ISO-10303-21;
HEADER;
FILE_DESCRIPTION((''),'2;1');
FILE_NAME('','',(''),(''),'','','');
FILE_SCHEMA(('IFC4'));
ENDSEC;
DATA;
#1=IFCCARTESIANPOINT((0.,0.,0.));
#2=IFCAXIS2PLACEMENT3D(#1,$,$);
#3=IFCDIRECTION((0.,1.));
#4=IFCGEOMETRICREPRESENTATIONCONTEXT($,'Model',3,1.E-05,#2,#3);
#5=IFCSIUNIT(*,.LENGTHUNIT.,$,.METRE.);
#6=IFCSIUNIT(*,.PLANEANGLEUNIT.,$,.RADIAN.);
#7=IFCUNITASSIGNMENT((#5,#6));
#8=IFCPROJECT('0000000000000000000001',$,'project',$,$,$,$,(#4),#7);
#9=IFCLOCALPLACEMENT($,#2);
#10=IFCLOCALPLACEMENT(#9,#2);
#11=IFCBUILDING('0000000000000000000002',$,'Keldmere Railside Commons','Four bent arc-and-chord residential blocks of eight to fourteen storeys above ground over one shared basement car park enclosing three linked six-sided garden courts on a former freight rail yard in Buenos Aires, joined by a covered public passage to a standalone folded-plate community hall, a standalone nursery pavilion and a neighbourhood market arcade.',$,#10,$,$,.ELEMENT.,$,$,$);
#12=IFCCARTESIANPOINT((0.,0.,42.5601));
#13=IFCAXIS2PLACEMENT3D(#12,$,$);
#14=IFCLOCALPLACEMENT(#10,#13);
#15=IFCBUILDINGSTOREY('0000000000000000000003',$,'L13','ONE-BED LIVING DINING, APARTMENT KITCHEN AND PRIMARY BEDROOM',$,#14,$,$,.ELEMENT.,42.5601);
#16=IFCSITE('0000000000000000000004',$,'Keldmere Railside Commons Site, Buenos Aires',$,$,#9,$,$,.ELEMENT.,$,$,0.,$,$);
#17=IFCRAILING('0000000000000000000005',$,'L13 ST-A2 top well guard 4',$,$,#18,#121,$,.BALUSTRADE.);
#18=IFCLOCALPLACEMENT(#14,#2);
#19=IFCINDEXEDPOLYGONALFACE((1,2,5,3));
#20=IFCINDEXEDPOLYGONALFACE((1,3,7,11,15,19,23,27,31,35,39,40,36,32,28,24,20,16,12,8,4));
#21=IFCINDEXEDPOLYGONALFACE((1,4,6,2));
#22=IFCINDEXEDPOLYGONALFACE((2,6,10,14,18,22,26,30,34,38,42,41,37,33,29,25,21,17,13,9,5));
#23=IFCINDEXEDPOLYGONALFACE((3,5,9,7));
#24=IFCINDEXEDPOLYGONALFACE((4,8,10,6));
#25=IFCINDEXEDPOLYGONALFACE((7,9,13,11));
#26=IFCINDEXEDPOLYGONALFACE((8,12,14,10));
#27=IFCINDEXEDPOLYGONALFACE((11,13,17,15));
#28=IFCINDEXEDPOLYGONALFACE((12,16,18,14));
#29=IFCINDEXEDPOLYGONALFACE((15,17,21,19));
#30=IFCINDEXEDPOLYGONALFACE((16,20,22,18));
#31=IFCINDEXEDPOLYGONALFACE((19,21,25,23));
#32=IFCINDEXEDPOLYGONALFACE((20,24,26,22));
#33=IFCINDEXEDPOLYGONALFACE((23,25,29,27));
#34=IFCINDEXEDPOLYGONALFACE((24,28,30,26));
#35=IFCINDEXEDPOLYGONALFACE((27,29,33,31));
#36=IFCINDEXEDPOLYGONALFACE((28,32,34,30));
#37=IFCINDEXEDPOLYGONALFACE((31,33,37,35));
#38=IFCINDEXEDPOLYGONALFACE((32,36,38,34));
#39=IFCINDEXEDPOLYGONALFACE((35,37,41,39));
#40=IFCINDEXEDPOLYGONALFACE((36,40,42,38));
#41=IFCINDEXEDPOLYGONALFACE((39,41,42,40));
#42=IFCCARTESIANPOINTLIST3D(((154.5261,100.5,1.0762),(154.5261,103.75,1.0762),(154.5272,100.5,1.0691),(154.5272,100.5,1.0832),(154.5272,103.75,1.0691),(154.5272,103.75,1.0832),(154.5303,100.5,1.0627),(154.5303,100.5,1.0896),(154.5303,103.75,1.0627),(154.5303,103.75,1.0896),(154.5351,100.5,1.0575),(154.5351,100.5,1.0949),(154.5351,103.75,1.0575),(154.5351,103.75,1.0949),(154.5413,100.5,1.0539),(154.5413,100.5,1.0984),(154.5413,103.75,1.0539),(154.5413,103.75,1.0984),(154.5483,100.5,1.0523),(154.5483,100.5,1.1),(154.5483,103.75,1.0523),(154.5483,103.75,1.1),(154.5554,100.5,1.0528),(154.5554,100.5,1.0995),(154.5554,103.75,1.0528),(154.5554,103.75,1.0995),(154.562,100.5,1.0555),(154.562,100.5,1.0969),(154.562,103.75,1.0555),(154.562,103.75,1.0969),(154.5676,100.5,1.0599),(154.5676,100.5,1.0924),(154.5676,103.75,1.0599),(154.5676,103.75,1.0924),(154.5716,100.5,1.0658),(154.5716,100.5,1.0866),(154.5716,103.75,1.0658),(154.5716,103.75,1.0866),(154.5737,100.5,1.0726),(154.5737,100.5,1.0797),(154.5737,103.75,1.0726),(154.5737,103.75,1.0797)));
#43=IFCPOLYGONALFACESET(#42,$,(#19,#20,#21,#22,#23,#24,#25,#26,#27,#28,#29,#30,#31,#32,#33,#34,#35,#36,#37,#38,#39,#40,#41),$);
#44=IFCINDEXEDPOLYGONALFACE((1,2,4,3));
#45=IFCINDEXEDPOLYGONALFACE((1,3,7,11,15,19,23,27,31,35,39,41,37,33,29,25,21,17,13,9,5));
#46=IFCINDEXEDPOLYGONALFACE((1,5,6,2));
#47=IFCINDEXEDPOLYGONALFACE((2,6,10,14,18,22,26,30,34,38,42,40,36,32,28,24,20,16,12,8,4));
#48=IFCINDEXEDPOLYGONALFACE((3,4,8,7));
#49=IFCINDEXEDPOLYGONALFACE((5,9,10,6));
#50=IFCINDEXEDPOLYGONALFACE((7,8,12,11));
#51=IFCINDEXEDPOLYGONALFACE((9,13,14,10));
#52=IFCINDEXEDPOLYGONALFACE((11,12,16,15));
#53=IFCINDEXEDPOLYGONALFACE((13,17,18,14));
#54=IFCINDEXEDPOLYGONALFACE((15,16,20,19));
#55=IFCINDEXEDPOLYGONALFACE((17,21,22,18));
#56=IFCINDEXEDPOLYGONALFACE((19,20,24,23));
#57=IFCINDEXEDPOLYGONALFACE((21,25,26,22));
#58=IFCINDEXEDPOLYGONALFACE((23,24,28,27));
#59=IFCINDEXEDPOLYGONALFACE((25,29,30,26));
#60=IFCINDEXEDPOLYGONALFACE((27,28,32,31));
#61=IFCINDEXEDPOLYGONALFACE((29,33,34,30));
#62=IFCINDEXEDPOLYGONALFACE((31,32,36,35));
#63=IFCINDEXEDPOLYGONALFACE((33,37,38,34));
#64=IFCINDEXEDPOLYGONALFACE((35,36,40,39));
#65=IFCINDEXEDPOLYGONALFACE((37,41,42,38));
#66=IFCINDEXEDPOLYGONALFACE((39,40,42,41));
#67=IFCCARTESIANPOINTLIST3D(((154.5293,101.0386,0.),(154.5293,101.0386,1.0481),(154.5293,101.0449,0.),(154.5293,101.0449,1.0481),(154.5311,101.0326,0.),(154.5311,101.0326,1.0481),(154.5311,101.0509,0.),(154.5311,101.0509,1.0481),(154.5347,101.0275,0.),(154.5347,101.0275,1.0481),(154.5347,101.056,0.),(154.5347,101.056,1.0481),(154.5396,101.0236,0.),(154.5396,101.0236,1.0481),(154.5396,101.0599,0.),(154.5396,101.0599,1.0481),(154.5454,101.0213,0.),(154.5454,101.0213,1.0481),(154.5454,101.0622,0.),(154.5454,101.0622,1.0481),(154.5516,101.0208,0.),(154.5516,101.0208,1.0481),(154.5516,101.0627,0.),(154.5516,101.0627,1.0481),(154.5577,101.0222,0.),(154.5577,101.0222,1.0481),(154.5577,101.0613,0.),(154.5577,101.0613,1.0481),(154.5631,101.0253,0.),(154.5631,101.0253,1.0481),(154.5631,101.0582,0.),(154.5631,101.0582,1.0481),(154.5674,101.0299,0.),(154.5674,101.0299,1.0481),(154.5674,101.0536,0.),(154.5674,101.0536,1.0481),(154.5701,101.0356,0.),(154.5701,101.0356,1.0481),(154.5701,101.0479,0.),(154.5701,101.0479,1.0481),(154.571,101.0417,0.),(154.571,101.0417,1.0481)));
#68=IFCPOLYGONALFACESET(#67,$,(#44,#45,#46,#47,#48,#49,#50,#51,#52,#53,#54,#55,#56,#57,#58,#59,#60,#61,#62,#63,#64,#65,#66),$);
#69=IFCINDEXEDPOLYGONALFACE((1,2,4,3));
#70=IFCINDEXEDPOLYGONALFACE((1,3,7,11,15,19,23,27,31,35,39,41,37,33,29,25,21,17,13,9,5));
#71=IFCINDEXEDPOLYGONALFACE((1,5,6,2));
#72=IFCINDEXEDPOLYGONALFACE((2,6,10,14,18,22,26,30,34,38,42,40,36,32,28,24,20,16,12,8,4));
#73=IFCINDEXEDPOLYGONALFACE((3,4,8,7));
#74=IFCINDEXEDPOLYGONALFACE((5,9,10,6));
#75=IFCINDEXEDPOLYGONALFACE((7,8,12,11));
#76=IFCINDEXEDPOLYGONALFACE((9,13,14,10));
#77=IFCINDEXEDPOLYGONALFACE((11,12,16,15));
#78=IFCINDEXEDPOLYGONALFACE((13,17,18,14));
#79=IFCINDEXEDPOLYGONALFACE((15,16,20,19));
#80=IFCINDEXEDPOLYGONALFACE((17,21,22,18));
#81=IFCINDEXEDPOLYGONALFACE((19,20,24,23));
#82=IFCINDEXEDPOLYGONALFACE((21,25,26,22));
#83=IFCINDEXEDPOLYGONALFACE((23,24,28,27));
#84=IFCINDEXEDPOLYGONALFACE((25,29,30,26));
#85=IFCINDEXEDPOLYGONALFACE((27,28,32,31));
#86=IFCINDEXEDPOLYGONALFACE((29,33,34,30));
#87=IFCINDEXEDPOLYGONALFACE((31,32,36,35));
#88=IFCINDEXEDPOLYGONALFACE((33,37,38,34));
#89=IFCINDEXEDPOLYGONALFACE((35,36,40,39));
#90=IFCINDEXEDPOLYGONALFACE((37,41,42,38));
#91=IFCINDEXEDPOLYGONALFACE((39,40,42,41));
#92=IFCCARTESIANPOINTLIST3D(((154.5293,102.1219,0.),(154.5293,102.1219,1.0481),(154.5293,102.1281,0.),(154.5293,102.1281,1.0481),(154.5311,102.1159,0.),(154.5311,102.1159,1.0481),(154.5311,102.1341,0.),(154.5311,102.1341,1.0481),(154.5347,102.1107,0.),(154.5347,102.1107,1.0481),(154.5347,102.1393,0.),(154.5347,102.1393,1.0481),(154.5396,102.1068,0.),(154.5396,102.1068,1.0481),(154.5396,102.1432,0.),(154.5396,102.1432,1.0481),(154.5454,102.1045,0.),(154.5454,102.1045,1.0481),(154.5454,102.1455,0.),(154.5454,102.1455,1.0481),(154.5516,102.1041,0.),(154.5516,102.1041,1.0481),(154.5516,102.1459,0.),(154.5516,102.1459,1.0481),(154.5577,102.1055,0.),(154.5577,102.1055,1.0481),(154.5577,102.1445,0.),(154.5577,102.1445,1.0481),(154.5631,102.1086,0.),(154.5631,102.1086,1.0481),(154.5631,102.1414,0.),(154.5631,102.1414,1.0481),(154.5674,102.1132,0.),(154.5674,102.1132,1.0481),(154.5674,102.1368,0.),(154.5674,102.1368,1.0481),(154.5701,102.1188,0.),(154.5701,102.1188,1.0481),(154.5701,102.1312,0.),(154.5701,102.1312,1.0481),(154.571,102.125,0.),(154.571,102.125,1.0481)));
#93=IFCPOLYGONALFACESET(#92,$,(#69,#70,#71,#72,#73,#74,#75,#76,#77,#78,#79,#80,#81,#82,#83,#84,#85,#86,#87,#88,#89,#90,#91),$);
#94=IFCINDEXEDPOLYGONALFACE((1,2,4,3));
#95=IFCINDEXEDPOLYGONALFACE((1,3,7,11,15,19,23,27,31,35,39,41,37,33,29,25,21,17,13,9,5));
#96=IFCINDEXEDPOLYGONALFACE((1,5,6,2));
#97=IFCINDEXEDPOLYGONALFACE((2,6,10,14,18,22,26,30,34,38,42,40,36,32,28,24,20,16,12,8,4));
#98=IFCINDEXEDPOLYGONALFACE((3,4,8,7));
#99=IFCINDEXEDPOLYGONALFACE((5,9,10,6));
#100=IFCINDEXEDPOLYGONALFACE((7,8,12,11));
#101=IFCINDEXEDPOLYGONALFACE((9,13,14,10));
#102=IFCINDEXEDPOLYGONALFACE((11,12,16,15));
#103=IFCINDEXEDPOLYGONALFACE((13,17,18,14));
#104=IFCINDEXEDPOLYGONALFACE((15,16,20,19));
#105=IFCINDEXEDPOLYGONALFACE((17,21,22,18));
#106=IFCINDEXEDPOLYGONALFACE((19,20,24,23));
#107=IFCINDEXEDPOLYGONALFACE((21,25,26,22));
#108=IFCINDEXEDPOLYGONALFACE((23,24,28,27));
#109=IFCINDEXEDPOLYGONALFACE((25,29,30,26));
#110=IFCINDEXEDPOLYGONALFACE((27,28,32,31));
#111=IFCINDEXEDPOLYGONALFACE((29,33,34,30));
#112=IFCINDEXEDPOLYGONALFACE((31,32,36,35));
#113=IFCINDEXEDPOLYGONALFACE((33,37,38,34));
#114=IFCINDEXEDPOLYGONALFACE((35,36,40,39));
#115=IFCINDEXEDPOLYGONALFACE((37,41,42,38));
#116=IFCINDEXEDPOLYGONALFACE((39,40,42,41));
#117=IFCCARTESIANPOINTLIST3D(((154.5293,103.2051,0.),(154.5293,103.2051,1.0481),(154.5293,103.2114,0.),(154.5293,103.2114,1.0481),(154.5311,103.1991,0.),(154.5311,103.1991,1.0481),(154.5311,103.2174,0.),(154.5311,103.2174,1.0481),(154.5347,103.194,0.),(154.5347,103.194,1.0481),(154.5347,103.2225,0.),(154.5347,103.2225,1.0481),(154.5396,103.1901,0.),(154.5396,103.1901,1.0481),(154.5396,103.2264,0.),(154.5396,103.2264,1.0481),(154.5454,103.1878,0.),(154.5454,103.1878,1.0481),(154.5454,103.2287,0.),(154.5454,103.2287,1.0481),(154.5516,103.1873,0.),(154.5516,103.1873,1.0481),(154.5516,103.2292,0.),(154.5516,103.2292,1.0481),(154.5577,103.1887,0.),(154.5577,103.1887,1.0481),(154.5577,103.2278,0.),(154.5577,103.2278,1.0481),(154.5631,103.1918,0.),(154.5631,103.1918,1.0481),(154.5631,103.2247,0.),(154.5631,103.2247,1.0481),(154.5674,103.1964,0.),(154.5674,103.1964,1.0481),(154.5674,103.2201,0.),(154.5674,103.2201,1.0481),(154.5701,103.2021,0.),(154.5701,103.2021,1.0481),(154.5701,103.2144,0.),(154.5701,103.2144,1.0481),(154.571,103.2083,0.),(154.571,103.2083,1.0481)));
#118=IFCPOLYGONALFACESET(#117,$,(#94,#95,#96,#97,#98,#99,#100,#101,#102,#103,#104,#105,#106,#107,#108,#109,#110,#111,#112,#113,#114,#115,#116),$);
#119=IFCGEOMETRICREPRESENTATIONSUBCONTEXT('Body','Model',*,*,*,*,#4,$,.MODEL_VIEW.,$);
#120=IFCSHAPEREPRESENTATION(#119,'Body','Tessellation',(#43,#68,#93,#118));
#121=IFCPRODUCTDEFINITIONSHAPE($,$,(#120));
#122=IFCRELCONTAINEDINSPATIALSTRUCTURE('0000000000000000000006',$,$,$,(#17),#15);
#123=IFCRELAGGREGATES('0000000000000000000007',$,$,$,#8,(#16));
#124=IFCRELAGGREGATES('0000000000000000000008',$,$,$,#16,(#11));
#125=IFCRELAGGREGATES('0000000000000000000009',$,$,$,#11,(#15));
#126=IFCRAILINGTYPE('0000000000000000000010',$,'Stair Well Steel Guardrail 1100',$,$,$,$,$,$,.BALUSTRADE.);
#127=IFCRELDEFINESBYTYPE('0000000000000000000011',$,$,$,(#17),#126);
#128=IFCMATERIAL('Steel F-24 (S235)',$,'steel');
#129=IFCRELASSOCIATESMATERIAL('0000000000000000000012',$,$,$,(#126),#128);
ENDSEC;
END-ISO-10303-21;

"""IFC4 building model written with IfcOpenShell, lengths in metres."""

from ifc_helpers import new_model, si_unit, direction, frame, origin, origin_2d, place, context, subcontext, project, spatial, circle, extrude, material, type_object, element, save


model = new_model("IFC4")

# Units and contexts
model_context = context("Model", 3, precision=1e-05, world=origin(), true_north=direction((0.0, 1.0)))
body_context = subcontext(model_context, "Body", "Model", "MODEL_VIEW")
ifc_project = project(units=[si_unit("LENGTHUNIT", "METRE"), si_unit("PLANEANGLEUNIT", "RADIAN")], contexts=[model_context])

# Site, building, storey
site_placement = place(None, origin())
site = spatial("IfcSite", under=ifc_project, at=site_placement, Name="Keldmere Railside Commons Site, Buenos Aires", CompositionType="ELEMENT", RefElevation=0.0)
building_placement = place(site_placement, origin())
building = spatial("IfcBuilding", under=site, at=building_placement, Name="Keldmere Railside Commons", Description="Four bent arc-and-chord residential blocks of eight to fourteen storeys above ground over one shared basement car park enclosing three linked six-sided garden courts on a former freight rail yard in Buenos Aires, joined by a covered public passage to a standalone folded-plate community hall, a standalone nursery pavilion and a neighbourhood market arcade.", CompositionType="ELEMENT")
storey_placement = place(building_placement, frame((0.0, 0.0, 42.5601)))
storey = spatial("IfcBuildingStorey", under=building, at=storey_placement, Name="L13", Description="ONE-BED LIVING DINING, APARTMENT KITCHEN AND PRIMARY BEDROOM", CompositionType="ELEMENT", Elevation=42.5601)

# Shared definitions
ifc_material_1 = material(Name="Steel F-24 (S235)", Category="steel")

# Railing
railing_type_1 = type_object("IfcRailingType", Name="Stair Well Steel Guardrail 1100", PredefinedType="BALUSTRADE", material=ifc_material_1)
railing_1_placement = place(storey_placement, frame((154.55, 100.5, 0.0)))
element("IfcRailing", 1, at=railing_1_placement, inside=storey, type_object=railing_type_1, Name="L13 ST-A2 top well guard 4", PredefinedType="BALUSTRADE", context=body_context, shape_type="SweptSolid", body=[
    extrude(circle(Radius=0.0239, at=origin_2d()), frame((0.0, 0.0, 1.0762), z_axis=(0.0, 1.0, 0.0), x_axis=(-1.0, 0.0, 0.0)), (0.0, 0.0, 1.0), 3.25),
    extrude(circle(Radius=0.021, at=origin_2d()), frame((0.0, 0.5417, 0.0)), (0.0, 0.0, 1.0), 1.0481),
    extrude(circle(Radius=0.021, at=origin_2d()), frame((0.0, 1.625, 0.0)), (0.0, 0.0, 1.0), 1.0481),
    extrude(circle(Radius=0.021, at=origin_2d()), frame((0.0, 2.7083, 0.0)), (0.0, 0.0, 1.0), 1.0481),
])

save(model, "model.ifc")
